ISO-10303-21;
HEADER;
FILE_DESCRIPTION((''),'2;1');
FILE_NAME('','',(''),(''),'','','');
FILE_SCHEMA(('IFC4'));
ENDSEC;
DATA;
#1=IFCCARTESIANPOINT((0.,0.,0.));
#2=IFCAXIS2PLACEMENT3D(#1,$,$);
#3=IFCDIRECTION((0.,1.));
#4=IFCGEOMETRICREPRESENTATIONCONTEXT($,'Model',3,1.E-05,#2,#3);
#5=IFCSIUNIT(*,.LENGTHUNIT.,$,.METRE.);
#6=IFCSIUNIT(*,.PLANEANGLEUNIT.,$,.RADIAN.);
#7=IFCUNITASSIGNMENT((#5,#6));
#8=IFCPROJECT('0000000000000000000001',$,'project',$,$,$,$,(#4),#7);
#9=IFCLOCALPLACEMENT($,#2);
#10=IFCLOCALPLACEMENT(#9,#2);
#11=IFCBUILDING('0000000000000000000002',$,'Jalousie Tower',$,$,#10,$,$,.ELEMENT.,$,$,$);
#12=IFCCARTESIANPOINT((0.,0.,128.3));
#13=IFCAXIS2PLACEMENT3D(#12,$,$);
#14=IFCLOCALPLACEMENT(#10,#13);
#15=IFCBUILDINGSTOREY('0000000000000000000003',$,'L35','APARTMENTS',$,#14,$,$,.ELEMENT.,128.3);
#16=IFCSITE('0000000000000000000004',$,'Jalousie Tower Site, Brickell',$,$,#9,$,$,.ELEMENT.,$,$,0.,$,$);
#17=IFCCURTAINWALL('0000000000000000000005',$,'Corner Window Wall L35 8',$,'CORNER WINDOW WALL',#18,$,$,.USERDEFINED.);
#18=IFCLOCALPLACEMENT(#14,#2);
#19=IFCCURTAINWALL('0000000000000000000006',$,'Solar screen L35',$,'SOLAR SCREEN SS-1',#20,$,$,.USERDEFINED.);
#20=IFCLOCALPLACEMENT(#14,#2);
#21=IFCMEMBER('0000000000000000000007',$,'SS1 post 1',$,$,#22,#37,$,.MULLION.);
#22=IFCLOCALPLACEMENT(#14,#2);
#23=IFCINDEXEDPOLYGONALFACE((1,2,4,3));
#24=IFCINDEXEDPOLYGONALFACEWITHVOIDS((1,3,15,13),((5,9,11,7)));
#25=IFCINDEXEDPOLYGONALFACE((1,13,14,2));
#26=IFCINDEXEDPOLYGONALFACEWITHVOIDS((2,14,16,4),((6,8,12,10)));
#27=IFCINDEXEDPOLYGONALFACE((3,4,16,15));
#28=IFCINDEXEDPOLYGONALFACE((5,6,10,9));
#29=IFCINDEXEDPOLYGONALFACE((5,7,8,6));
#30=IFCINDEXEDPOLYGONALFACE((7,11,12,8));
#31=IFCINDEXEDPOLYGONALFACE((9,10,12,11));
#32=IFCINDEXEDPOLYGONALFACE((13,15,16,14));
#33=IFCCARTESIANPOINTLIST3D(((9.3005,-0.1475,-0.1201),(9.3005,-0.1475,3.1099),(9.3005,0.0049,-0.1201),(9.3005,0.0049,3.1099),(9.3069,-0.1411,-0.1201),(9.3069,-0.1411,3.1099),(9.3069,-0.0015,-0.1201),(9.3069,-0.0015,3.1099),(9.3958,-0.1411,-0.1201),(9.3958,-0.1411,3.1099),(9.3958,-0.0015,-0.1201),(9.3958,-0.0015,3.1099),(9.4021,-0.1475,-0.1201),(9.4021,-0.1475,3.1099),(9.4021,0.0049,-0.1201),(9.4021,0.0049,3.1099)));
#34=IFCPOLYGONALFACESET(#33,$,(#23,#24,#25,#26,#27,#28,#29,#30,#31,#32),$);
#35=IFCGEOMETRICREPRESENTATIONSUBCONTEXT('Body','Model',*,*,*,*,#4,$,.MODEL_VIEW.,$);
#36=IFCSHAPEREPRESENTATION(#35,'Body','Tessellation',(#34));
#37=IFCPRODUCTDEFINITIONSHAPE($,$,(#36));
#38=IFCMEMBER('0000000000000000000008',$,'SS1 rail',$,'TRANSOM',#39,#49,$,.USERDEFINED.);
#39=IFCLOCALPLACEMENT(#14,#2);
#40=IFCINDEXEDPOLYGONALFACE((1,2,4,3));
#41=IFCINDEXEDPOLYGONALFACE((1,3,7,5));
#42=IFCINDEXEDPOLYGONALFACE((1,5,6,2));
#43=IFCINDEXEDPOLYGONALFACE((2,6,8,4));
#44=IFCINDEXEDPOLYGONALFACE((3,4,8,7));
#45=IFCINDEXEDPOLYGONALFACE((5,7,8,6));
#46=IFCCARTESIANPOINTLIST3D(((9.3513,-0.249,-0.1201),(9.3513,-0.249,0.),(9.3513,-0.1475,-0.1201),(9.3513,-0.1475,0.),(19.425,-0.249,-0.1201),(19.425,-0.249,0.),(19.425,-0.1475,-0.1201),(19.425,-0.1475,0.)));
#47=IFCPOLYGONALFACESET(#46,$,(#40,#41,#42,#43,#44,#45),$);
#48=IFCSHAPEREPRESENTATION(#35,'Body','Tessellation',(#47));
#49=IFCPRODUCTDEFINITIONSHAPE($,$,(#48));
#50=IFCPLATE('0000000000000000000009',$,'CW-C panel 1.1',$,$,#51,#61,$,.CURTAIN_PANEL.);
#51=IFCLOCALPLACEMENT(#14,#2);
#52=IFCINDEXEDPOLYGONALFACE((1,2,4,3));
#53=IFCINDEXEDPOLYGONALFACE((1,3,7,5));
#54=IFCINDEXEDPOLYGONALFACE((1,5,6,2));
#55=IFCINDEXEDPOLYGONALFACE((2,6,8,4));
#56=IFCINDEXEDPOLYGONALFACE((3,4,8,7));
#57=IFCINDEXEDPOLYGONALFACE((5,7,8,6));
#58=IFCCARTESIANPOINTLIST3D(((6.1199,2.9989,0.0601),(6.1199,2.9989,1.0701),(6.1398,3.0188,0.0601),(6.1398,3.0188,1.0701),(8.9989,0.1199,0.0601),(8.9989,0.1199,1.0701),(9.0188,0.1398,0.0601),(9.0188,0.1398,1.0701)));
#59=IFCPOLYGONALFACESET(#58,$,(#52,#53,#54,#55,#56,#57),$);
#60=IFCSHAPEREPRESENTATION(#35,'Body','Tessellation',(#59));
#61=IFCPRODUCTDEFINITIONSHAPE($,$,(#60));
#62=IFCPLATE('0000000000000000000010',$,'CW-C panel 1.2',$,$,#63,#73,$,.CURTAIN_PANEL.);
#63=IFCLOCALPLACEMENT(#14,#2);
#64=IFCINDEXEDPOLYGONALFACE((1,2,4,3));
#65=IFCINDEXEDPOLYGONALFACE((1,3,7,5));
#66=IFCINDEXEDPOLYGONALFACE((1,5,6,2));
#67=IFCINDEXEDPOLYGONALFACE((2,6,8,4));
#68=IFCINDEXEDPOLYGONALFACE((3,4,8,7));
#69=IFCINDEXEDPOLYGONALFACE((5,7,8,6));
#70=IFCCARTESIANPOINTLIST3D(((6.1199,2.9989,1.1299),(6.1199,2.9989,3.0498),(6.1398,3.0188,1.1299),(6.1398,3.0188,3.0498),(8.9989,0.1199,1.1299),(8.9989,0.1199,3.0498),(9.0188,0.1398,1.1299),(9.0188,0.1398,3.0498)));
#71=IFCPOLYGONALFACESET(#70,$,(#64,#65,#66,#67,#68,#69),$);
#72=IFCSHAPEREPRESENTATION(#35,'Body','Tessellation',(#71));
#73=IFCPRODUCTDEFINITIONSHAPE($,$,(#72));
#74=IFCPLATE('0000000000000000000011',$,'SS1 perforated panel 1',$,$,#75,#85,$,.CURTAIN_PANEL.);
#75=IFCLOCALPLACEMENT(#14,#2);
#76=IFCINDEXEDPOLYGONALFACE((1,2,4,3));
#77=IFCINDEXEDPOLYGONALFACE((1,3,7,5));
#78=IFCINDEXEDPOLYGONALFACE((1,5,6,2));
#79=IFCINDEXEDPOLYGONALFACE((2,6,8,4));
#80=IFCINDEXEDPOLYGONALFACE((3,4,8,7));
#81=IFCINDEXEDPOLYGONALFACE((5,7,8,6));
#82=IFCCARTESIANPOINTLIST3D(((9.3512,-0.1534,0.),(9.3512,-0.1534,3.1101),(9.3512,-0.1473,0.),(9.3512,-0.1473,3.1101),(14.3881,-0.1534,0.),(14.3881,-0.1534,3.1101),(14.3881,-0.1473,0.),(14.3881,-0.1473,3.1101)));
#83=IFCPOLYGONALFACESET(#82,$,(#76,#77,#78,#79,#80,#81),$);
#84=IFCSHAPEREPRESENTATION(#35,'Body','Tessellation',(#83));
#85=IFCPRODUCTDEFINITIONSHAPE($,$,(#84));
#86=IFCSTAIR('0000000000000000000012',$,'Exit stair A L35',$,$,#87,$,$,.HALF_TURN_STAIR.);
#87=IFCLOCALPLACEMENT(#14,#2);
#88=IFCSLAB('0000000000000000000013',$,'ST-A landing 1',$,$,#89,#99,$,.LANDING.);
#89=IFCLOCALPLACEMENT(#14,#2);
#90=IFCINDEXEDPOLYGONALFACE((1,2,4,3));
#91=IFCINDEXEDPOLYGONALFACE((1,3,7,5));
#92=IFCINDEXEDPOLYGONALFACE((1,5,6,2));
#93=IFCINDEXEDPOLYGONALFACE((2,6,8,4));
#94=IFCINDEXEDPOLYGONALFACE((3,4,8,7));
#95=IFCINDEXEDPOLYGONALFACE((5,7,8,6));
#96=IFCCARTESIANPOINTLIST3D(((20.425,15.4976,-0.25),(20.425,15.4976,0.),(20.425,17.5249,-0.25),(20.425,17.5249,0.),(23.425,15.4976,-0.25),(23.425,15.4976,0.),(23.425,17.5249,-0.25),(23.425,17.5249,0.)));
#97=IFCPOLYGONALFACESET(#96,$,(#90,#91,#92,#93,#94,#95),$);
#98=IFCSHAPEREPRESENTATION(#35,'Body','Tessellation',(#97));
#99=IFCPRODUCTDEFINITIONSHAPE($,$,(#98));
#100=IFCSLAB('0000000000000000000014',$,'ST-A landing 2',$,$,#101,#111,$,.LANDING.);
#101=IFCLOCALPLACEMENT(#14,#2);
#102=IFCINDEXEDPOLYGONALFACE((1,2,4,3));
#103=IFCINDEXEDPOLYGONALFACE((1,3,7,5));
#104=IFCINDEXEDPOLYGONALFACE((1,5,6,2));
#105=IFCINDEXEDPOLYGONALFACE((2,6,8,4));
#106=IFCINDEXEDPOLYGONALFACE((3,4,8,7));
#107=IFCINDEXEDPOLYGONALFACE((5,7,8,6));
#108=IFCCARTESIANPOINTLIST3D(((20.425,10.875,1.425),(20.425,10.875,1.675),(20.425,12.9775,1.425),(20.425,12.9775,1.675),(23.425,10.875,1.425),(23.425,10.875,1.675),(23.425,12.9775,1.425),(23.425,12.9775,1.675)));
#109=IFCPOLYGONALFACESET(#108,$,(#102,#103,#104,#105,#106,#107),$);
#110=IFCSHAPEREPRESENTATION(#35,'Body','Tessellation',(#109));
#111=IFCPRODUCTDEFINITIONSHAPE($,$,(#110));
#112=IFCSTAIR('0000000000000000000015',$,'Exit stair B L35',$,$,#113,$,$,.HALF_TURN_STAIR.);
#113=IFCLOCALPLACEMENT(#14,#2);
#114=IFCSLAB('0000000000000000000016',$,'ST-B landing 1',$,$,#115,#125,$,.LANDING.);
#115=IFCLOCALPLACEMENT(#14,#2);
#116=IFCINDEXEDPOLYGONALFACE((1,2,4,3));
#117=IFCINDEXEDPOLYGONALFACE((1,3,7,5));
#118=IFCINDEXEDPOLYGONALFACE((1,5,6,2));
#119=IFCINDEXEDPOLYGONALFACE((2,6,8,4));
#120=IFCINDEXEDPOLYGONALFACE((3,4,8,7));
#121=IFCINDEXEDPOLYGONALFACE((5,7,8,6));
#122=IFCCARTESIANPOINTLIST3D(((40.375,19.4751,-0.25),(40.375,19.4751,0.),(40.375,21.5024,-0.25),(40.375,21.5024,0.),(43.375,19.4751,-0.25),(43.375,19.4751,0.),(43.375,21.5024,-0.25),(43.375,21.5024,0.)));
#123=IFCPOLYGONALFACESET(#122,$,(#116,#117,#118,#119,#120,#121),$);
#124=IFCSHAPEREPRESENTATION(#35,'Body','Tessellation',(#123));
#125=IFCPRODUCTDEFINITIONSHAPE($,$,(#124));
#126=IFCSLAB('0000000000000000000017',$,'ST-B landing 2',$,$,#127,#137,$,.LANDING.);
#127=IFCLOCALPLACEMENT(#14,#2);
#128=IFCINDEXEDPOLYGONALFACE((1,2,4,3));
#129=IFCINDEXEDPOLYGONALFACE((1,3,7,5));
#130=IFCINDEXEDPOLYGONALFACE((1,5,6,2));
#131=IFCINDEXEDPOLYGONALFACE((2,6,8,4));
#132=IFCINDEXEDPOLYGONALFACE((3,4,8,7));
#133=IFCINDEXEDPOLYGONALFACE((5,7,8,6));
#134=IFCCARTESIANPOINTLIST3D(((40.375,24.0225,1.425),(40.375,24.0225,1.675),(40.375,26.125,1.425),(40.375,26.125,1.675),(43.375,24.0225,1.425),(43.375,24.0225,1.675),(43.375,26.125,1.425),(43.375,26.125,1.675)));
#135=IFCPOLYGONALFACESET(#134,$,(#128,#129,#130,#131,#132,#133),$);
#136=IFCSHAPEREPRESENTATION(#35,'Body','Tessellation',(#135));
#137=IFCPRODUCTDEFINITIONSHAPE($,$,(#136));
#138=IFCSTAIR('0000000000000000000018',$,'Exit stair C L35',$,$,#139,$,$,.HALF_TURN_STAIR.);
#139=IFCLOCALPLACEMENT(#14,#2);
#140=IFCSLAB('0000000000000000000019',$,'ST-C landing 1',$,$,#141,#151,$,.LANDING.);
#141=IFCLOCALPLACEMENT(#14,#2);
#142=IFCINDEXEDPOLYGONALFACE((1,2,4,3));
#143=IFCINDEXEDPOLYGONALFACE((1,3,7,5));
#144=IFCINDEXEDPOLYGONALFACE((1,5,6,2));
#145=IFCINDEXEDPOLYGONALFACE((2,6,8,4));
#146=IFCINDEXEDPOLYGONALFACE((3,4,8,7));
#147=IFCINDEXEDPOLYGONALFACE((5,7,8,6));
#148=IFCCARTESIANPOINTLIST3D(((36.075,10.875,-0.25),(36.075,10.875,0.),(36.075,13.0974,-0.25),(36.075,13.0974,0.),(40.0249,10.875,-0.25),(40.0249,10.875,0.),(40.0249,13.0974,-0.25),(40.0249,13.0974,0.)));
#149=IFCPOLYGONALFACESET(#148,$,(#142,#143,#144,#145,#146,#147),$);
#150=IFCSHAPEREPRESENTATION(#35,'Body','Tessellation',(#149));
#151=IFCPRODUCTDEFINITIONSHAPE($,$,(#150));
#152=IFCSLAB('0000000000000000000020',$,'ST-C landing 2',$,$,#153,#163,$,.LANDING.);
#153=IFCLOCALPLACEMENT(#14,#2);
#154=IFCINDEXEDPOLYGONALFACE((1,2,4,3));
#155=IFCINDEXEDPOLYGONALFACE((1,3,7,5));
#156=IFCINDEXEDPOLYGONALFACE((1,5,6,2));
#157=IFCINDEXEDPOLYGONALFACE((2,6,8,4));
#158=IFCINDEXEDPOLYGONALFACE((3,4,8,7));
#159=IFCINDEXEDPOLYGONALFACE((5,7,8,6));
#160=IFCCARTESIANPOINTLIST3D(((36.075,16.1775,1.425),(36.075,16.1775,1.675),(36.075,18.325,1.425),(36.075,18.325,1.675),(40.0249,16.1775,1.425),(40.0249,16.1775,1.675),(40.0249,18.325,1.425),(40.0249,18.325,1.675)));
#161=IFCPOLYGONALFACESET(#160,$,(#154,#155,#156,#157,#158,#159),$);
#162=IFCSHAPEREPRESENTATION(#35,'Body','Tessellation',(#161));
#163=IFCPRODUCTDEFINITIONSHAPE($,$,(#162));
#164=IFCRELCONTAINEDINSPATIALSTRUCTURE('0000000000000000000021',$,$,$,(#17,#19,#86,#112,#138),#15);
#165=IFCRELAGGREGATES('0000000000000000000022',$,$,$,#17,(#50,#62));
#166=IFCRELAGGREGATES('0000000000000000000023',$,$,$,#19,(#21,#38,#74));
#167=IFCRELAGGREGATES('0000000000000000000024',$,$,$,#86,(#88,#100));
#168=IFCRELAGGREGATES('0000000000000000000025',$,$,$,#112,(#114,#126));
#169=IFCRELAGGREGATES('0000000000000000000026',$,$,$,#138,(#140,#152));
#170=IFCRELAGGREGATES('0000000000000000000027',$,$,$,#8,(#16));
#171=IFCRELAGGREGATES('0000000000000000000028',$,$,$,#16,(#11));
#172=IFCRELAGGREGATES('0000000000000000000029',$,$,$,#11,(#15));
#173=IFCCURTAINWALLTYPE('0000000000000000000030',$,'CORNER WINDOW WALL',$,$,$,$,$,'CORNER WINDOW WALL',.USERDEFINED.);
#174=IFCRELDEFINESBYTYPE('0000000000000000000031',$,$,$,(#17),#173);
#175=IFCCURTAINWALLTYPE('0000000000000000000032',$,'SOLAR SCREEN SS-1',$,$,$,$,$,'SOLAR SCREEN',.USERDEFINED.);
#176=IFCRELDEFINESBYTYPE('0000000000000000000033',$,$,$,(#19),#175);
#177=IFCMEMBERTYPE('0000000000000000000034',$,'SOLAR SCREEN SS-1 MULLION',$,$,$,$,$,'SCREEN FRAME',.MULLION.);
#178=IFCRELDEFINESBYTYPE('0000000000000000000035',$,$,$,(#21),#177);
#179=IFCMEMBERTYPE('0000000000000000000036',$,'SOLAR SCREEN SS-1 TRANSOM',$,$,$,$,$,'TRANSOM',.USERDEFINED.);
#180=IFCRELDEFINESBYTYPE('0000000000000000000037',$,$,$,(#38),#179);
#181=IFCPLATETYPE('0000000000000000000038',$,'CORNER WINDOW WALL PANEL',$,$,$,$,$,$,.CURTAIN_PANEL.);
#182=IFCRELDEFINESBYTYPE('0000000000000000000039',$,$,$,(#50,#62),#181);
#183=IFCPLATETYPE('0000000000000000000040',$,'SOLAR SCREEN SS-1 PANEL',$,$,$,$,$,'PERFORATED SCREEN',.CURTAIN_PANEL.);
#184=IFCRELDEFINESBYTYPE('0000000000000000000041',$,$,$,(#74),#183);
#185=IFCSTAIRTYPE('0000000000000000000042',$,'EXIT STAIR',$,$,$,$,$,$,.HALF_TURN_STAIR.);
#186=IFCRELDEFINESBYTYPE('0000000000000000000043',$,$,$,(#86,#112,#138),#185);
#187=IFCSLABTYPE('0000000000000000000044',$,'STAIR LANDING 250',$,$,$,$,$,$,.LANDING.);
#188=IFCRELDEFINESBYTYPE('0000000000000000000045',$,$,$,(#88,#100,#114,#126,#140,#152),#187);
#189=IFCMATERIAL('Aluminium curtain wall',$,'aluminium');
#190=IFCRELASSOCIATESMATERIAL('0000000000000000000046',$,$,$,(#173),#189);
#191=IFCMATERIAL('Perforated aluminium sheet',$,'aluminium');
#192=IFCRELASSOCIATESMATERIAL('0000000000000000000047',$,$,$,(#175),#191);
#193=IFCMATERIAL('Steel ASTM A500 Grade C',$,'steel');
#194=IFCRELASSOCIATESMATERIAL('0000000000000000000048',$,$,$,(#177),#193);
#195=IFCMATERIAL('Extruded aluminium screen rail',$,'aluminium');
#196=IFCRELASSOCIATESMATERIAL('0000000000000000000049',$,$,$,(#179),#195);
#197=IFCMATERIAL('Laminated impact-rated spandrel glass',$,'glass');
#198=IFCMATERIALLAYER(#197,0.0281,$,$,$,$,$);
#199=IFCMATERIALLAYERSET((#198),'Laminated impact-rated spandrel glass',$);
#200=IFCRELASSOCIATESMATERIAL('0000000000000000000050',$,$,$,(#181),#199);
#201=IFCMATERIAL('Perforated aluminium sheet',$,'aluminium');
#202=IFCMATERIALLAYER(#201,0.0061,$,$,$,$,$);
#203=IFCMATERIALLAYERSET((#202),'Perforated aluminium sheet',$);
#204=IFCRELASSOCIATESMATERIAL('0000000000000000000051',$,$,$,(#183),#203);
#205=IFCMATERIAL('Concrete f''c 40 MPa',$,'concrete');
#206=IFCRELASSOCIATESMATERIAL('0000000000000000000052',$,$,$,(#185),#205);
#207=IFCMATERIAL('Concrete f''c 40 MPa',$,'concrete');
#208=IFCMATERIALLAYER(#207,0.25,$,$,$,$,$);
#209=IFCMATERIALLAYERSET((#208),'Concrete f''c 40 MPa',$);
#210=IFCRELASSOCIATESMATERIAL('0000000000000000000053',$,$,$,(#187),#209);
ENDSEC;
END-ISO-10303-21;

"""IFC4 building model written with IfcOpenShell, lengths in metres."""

from ifc_helpers import new_model, si_unit, direction, frame, origin, origin_2d, place, context, subcontext, project, spatial, polyline, rectangle, hollow_rectangle, outline, extrude, material, layer, layer_set, material_profile, profile_set, type_object, element, aggregate, save


model = new_model("IFC4")

# Units and contexts
model_context = context("Model", 3, precision=1e-05, world=origin(), true_north=direction((0.0, 1.0)))
body_context = subcontext(model_context, "Body", "Model", "MODEL_VIEW")
ifc_project = project(units=[si_unit("LENGTHUNIT", "METRE"), si_unit("PLANEANGLEUNIT", "RADIAN")], contexts=[model_context])

# Site, building, storey
site_placement = place(None, origin())
site = spatial("IfcSite", under=ifc_project, at=site_placement, Name="Jalousie Tower Site, Brickell", CompositionType="ELEMENT", RefElevation=0.0)
building_placement = place(site_placement, origin())
building = spatial("IfcBuilding", under=site, at=building_placement, Name="Jalousie Tower", CompositionType="ELEMENT")
storey_placement = place(building_placement, frame((0.0, 0.0, 128.3)))
storey = spatial("IfcBuildingStorey", under=building, at=storey_placement, Name="L35", Description="APARTMENTS", CompositionType="ELEMENT", Elevation=128.3)

# Curtain wall
ifc_material_1 = material(Name="Aluminium curtain wall", Category="aluminium")
curtain_wall_type_1 = type_object("IfcCurtainWallType", Name="CORNER WINDOW WALL", ElementType="CORNER WINDOW WALL", PredefinedType="USERDEFINED", material=ifc_material_1)
curtain_wall_1_placement = place(storey_placement, origin())
curtain_wall_1 = element("IfcCurtainWall", 1, at=curtain_wall_1_placement, inside=storey, type_object=curtain_wall_type_1, Name="Corner Window Wall L35 8", ObjectType="CORNER WINDOW WALL", PredefinedType="USERDEFINED")

# Curtain wall, members
ifc_material_2 = material(Name="Perforated aluminium sheet", Category="aluminium")
curtain_wall_type_2 = type_object("IfcCurtainWallType", Name="SOLAR SCREEN SS-1", ElementType="SOLAR SCREEN", PredefinedType="USERDEFINED", material=ifc_material_2)
curtain_wall_2_placement = place(storey_placement, origin())
curtain_wall_2 = element("IfcCurtainWall", 2, at=curtain_wall_2_placement, inside=storey, type_object=curtain_wall_type_2, Name="Solar screen L35", ObjectType="SOLAR SCREEN SS-1", PredefinedType="USERDEFINED")
ifc_material_3 = material(Name="Steel ASTM A500 Grade C", Category="steel")
ifc_material_profile_1 = material_profile(ifc_material_3, hollow_rectangle(XDim=0.1016, YDim=0.1523, WallThickness=0.0063, at=origin_2d()), Name="HSS6X4X1/4")
ifc_profile_set_1 = profile_set([ifc_material_profile_1], Name="Steel ASTM A500 Grade C")
member_type_1 = type_object("IfcMemberType", Name="SOLAR SCREEN SS-1 MULLION", ElementType="SCREEN FRAME", PredefinedType="MULLION", material=ifc_profile_set_1)
member_1_placement = place(storey_placement, frame((9.3513, -0.0713, -0.1201), z_axis=(0.0, 0.0, 1.0), x_axis=(1.0, 0.0, 0.0)))
member_1 = element("IfcMember", 3, at=member_1_placement, type_object=member_type_1, Name="SS1 post 1", PredefinedType="MULLION", context=body_context, shape_type="SweptSolid", body=[
    extrude(hollow_rectangle(XDim=0.1016, YDim=0.1523, WallThickness=0.0063, at=origin_2d()), origin(), (0.0, 0.0, 1.0), 3.23),
])
ifc_material_4 = material(Name="Extruded aluminium screen rail", Category="aluminium")
ifc_material_profile_2 = material_profile(ifc_material_4, rectangle(XDim=0.1016, YDim=0.1201, at=origin_2d()), Name="RAIL 102x120")
ifc_profile_set_2 = profile_set([ifc_material_profile_2], Name="Extruded aluminium screen rail")
member_type_2 = type_object("IfcMemberType", Name="SOLAR SCREEN SS-1 TRANSOM", ElementType="TRANSOM", PredefinedType="USERDEFINED", material=ifc_profile_set_2)
member_2_placement = place(storey_placement, frame((9.3513, -0.1982, -0.0601), z_axis=(1.0, 0.0, 0.0), x_axis=(0.0, 1.0, 0.0)))
member_2 = element("IfcMember", 4, at=member_2_placement, type_object=member_type_2, Name="SS1 rail", ObjectType="TRANSOM", PredefinedType="USERDEFINED", context=body_context, shape_type="SweptSolid", body=[
    extrude(rectangle(XDim=0.1016, YDim=0.1201, at=origin_2d()), origin(), (0.0, 0.0, 1.0), 10.0737),
])

# Plates
ifc_material_5 = material(Name="Laminated impact-rated spandrel glass", Category="glass")
ifc_layer_1 = layer(ifc_material_5, 0.0281)
ifc_layer_set_1 = layer_set([ifc_layer_1], Name="Laminated impact-rated spandrel glass")
plate_type_1 = type_object("IfcPlateType", Name="CORNER WINDOW WALL PANEL", PredefinedType="CURTAIN_PANEL", material=ifc_layer_set_1)
plate_1_placement = place(storey_placement, frame((7.5693, 1.5693, 0.0601), z_axis=(0.0, 0.0, 1.0), x_axis=(0.707107, -0.707107, 0.0)))
plate_1 = element("IfcPlate", 5, at=plate_1_placement, type_object=plate_type_1, Name="CW-C panel 1.1", PredefinedType="CURTAIN_PANEL", context=body_context, shape_type="SweptSolid", body=[
    extrude(rectangle(XDim=4.0715, YDim=0.0281, at=origin_2d()), origin(), (0.0, 0.0, 1.0), 1.01),
])
plate_2_placement = place(storey_placement, frame((7.5693, 1.5693, 1.1299), z_axis=(0.0, 0.0, 1.0), x_axis=(0.707107, -0.707107, 0.0)))
plate_2 = element("IfcPlate", 6, at=plate_2_placement, type_object=plate_type_1, Name="CW-C panel 1.2", PredefinedType="CURTAIN_PANEL", context=body_context, shape_type="SweptSolid", body=[
    extrude(rectangle(XDim=4.0715, YDim=0.0281, at=origin_2d()), origin(), (0.0, 0.0, 1.0), 1.9199),
])
aggregate(curtain_wall_1, [plate_1, plate_2])

# Plate
ifc_material_6 = material(Name="Perforated aluminium sheet", Category="aluminium")
ifc_layer_2 = layer(ifc_material_6, 0.0061)
ifc_layer_set_2 = layer_set([ifc_layer_2], Name="Perforated aluminium sheet")
plate_type_2 = type_object("IfcPlateType", Name="SOLAR SCREEN SS-1 PANEL", ElementType="PERFORATED SCREEN", PredefinedType="CURTAIN_PANEL", material=ifc_layer_set_2)
plate_3_placement = place(storey_placement, frame((11.8696, -0.1504, 0.0), z_axis=(0.0, 0.0, 1.0), x_axis=(1.0, 0.0, 0.0)))
plate_3 = element("IfcPlate", 7, at=plate_3_placement, type_object=plate_type_2, Name="SS1 perforated panel 1", PredefinedType="CURTAIN_PANEL", context=body_context, shape_type="SweptSolid", body=[
    extrude(rectangle(XDim=5.0369, YDim=0.0061, at=origin_2d()), origin(), (0.0, 0.0, 1.0), 3.1101),
])
aggregate(curtain_wall_2, [member_1, member_2, plate_3])

# Stairs, slabs
ifc_material_7 = material(Name="Concrete f'c 40 MPa", Category="concrete")
stair_type = type_object("IfcStairType", Name="EXIT STAIR", PredefinedType="HALF_TURN_STAIR", material=ifc_material_7)
stair_1_placement = place(storey_placement, origin())
stair_1 = element("IfcStair", 8, at=stair_1_placement, inside=storey, type_object=stair_type, Name="Exit stair A L35", PredefinedType="HALF_TURN_STAIR")
ifc_material_8 = material(Name="Concrete f'c 40 MPa", Category="concrete")
ifc_layer_3 = layer(ifc_material_8, 0.25)
ifc_layer_set_3 = layer_set([ifc_layer_3], Name="Concrete f'c 40 MPa")
slab_type_1 = type_object("IfcSlabType", Name="STAIR LANDING 250", PredefinedType="LANDING", material=ifc_layer_set_3)
slab_1_placement = place(storey_placement, frame((0.0, 0.0, -0.25)))
slab_1 = element("IfcSlab", 9, at=slab_1_placement, type_object=slab_type_1, Name="ST-A landing 1", PredefinedType="LANDING", context=body_context, shape_type="SweptSolid", body=[
    extrude(outline(polyline([(20.425, 15.4976), (23.425, 15.4976), (23.425, 17.5249), (20.425, 17.5249), (20.425, 15.4976)])), origin(), (0.0, 0.0, 1.0), 0.25),
])
slab_2_placement = place(storey_placement, frame((0.0, 0.0, 1.425)))
slab_2 = element("IfcSlab", 10, at=slab_2_placement, type_object=slab_type_1, Name="ST-A landing 2", PredefinedType="LANDING", context=body_context, shape_type="SweptSolid", body=[
    extrude(outline(polyline([(20.425, 10.875), (23.425, 10.875), (23.425, 12.9775), (20.425, 12.9775), (20.425, 10.875)])), origin(), (0.0, 0.0, 1.0), 0.25),
])
aggregate(stair_1, [slab_1, slab_2])
stair_2_placement = place(storey_placement, origin())
stair_2 = element("IfcStair", 11, at=stair_2_placement, inside=storey, type_object=stair_type, Name="Exit stair B L35", PredefinedType="HALF_TURN_STAIR")
slab_3_placement = place(storey_placement, frame((0.0, 0.0, -0.25)))
slab_3 = element("IfcSlab", 12, at=slab_3_placement, type_object=slab_type_1, Name="ST-B landing 1", PredefinedType="LANDING", context=body_context, shape_type="SweptSolid", body=[
    extrude(outline(polyline([(40.375, 19.4751), (43.375, 19.4751), (43.375, 21.5024), (40.375, 21.5024), (40.375, 19.4751)])), origin(), (0.0, 0.0, 1.0), 0.25),
])
slab_4_placement = place(storey_placement, frame((0.0, 0.0, 1.425)))
slab_4 = element("IfcSlab", 13, at=slab_4_placement, type_object=slab_type_1, Name="ST-B landing 2", PredefinedType="LANDING", context=body_context, shape_type="SweptSolid", body=[
    extrude(outline(polyline([(40.375, 24.0225), (43.375, 24.0225), (43.375, 26.125), (40.375, 26.125), (40.375, 24.0225)])), origin(), (0.0, 0.0, 1.0), 0.25),
])
aggregate(stair_2, [slab_3, slab_4])
stair_3_placement = place(storey_placement, origin())
stair_3 = element("IfcStair", 14, at=stair_3_placement, inside=storey, type_object=stair_type, Name="Exit stair C L35", PredefinedType="HALF_TURN_STAIR")
slab_5_placement = place(storey_placement, frame((0.0, 0.0, -0.25)))
slab_5 = element("IfcSlab", 15, at=slab_5_placement, type_object=slab_type_1, Name="ST-C landing 1", PredefinedType="LANDING", context=body_context, shape_type="SweptSolid", body=[
    extrude(outline(polyline([(36.075, 10.875), (40.0249, 10.875), (40.0249, 13.0974), (36.075, 13.0974), (36.075, 10.875)])), origin(), (0.0, 0.0, 1.0), 0.25),
])
slab_6_placement = place(storey_placement, frame((0.0, 0.0, 1.425)))
slab_6 = element("IfcSlab", 16, at=slab_6_placement, type_object=slab_type_1, Name="ST-C landing 2", PredefinedType="LANDING", context=body_context, shape_type="SweptSolid", body=[
    extrude(outline(polyline([(36.075, 16.1775), (40.0249, 16.1775), (40.0249, 18.325), (36.075, 18.325), (36.075, 16.1775)])), origin(), (0.0, 0.0, 1.0), 0.25),
])
aggregate(stair_3, [slab_5, slab_6])

save(model, "model.ifc")
